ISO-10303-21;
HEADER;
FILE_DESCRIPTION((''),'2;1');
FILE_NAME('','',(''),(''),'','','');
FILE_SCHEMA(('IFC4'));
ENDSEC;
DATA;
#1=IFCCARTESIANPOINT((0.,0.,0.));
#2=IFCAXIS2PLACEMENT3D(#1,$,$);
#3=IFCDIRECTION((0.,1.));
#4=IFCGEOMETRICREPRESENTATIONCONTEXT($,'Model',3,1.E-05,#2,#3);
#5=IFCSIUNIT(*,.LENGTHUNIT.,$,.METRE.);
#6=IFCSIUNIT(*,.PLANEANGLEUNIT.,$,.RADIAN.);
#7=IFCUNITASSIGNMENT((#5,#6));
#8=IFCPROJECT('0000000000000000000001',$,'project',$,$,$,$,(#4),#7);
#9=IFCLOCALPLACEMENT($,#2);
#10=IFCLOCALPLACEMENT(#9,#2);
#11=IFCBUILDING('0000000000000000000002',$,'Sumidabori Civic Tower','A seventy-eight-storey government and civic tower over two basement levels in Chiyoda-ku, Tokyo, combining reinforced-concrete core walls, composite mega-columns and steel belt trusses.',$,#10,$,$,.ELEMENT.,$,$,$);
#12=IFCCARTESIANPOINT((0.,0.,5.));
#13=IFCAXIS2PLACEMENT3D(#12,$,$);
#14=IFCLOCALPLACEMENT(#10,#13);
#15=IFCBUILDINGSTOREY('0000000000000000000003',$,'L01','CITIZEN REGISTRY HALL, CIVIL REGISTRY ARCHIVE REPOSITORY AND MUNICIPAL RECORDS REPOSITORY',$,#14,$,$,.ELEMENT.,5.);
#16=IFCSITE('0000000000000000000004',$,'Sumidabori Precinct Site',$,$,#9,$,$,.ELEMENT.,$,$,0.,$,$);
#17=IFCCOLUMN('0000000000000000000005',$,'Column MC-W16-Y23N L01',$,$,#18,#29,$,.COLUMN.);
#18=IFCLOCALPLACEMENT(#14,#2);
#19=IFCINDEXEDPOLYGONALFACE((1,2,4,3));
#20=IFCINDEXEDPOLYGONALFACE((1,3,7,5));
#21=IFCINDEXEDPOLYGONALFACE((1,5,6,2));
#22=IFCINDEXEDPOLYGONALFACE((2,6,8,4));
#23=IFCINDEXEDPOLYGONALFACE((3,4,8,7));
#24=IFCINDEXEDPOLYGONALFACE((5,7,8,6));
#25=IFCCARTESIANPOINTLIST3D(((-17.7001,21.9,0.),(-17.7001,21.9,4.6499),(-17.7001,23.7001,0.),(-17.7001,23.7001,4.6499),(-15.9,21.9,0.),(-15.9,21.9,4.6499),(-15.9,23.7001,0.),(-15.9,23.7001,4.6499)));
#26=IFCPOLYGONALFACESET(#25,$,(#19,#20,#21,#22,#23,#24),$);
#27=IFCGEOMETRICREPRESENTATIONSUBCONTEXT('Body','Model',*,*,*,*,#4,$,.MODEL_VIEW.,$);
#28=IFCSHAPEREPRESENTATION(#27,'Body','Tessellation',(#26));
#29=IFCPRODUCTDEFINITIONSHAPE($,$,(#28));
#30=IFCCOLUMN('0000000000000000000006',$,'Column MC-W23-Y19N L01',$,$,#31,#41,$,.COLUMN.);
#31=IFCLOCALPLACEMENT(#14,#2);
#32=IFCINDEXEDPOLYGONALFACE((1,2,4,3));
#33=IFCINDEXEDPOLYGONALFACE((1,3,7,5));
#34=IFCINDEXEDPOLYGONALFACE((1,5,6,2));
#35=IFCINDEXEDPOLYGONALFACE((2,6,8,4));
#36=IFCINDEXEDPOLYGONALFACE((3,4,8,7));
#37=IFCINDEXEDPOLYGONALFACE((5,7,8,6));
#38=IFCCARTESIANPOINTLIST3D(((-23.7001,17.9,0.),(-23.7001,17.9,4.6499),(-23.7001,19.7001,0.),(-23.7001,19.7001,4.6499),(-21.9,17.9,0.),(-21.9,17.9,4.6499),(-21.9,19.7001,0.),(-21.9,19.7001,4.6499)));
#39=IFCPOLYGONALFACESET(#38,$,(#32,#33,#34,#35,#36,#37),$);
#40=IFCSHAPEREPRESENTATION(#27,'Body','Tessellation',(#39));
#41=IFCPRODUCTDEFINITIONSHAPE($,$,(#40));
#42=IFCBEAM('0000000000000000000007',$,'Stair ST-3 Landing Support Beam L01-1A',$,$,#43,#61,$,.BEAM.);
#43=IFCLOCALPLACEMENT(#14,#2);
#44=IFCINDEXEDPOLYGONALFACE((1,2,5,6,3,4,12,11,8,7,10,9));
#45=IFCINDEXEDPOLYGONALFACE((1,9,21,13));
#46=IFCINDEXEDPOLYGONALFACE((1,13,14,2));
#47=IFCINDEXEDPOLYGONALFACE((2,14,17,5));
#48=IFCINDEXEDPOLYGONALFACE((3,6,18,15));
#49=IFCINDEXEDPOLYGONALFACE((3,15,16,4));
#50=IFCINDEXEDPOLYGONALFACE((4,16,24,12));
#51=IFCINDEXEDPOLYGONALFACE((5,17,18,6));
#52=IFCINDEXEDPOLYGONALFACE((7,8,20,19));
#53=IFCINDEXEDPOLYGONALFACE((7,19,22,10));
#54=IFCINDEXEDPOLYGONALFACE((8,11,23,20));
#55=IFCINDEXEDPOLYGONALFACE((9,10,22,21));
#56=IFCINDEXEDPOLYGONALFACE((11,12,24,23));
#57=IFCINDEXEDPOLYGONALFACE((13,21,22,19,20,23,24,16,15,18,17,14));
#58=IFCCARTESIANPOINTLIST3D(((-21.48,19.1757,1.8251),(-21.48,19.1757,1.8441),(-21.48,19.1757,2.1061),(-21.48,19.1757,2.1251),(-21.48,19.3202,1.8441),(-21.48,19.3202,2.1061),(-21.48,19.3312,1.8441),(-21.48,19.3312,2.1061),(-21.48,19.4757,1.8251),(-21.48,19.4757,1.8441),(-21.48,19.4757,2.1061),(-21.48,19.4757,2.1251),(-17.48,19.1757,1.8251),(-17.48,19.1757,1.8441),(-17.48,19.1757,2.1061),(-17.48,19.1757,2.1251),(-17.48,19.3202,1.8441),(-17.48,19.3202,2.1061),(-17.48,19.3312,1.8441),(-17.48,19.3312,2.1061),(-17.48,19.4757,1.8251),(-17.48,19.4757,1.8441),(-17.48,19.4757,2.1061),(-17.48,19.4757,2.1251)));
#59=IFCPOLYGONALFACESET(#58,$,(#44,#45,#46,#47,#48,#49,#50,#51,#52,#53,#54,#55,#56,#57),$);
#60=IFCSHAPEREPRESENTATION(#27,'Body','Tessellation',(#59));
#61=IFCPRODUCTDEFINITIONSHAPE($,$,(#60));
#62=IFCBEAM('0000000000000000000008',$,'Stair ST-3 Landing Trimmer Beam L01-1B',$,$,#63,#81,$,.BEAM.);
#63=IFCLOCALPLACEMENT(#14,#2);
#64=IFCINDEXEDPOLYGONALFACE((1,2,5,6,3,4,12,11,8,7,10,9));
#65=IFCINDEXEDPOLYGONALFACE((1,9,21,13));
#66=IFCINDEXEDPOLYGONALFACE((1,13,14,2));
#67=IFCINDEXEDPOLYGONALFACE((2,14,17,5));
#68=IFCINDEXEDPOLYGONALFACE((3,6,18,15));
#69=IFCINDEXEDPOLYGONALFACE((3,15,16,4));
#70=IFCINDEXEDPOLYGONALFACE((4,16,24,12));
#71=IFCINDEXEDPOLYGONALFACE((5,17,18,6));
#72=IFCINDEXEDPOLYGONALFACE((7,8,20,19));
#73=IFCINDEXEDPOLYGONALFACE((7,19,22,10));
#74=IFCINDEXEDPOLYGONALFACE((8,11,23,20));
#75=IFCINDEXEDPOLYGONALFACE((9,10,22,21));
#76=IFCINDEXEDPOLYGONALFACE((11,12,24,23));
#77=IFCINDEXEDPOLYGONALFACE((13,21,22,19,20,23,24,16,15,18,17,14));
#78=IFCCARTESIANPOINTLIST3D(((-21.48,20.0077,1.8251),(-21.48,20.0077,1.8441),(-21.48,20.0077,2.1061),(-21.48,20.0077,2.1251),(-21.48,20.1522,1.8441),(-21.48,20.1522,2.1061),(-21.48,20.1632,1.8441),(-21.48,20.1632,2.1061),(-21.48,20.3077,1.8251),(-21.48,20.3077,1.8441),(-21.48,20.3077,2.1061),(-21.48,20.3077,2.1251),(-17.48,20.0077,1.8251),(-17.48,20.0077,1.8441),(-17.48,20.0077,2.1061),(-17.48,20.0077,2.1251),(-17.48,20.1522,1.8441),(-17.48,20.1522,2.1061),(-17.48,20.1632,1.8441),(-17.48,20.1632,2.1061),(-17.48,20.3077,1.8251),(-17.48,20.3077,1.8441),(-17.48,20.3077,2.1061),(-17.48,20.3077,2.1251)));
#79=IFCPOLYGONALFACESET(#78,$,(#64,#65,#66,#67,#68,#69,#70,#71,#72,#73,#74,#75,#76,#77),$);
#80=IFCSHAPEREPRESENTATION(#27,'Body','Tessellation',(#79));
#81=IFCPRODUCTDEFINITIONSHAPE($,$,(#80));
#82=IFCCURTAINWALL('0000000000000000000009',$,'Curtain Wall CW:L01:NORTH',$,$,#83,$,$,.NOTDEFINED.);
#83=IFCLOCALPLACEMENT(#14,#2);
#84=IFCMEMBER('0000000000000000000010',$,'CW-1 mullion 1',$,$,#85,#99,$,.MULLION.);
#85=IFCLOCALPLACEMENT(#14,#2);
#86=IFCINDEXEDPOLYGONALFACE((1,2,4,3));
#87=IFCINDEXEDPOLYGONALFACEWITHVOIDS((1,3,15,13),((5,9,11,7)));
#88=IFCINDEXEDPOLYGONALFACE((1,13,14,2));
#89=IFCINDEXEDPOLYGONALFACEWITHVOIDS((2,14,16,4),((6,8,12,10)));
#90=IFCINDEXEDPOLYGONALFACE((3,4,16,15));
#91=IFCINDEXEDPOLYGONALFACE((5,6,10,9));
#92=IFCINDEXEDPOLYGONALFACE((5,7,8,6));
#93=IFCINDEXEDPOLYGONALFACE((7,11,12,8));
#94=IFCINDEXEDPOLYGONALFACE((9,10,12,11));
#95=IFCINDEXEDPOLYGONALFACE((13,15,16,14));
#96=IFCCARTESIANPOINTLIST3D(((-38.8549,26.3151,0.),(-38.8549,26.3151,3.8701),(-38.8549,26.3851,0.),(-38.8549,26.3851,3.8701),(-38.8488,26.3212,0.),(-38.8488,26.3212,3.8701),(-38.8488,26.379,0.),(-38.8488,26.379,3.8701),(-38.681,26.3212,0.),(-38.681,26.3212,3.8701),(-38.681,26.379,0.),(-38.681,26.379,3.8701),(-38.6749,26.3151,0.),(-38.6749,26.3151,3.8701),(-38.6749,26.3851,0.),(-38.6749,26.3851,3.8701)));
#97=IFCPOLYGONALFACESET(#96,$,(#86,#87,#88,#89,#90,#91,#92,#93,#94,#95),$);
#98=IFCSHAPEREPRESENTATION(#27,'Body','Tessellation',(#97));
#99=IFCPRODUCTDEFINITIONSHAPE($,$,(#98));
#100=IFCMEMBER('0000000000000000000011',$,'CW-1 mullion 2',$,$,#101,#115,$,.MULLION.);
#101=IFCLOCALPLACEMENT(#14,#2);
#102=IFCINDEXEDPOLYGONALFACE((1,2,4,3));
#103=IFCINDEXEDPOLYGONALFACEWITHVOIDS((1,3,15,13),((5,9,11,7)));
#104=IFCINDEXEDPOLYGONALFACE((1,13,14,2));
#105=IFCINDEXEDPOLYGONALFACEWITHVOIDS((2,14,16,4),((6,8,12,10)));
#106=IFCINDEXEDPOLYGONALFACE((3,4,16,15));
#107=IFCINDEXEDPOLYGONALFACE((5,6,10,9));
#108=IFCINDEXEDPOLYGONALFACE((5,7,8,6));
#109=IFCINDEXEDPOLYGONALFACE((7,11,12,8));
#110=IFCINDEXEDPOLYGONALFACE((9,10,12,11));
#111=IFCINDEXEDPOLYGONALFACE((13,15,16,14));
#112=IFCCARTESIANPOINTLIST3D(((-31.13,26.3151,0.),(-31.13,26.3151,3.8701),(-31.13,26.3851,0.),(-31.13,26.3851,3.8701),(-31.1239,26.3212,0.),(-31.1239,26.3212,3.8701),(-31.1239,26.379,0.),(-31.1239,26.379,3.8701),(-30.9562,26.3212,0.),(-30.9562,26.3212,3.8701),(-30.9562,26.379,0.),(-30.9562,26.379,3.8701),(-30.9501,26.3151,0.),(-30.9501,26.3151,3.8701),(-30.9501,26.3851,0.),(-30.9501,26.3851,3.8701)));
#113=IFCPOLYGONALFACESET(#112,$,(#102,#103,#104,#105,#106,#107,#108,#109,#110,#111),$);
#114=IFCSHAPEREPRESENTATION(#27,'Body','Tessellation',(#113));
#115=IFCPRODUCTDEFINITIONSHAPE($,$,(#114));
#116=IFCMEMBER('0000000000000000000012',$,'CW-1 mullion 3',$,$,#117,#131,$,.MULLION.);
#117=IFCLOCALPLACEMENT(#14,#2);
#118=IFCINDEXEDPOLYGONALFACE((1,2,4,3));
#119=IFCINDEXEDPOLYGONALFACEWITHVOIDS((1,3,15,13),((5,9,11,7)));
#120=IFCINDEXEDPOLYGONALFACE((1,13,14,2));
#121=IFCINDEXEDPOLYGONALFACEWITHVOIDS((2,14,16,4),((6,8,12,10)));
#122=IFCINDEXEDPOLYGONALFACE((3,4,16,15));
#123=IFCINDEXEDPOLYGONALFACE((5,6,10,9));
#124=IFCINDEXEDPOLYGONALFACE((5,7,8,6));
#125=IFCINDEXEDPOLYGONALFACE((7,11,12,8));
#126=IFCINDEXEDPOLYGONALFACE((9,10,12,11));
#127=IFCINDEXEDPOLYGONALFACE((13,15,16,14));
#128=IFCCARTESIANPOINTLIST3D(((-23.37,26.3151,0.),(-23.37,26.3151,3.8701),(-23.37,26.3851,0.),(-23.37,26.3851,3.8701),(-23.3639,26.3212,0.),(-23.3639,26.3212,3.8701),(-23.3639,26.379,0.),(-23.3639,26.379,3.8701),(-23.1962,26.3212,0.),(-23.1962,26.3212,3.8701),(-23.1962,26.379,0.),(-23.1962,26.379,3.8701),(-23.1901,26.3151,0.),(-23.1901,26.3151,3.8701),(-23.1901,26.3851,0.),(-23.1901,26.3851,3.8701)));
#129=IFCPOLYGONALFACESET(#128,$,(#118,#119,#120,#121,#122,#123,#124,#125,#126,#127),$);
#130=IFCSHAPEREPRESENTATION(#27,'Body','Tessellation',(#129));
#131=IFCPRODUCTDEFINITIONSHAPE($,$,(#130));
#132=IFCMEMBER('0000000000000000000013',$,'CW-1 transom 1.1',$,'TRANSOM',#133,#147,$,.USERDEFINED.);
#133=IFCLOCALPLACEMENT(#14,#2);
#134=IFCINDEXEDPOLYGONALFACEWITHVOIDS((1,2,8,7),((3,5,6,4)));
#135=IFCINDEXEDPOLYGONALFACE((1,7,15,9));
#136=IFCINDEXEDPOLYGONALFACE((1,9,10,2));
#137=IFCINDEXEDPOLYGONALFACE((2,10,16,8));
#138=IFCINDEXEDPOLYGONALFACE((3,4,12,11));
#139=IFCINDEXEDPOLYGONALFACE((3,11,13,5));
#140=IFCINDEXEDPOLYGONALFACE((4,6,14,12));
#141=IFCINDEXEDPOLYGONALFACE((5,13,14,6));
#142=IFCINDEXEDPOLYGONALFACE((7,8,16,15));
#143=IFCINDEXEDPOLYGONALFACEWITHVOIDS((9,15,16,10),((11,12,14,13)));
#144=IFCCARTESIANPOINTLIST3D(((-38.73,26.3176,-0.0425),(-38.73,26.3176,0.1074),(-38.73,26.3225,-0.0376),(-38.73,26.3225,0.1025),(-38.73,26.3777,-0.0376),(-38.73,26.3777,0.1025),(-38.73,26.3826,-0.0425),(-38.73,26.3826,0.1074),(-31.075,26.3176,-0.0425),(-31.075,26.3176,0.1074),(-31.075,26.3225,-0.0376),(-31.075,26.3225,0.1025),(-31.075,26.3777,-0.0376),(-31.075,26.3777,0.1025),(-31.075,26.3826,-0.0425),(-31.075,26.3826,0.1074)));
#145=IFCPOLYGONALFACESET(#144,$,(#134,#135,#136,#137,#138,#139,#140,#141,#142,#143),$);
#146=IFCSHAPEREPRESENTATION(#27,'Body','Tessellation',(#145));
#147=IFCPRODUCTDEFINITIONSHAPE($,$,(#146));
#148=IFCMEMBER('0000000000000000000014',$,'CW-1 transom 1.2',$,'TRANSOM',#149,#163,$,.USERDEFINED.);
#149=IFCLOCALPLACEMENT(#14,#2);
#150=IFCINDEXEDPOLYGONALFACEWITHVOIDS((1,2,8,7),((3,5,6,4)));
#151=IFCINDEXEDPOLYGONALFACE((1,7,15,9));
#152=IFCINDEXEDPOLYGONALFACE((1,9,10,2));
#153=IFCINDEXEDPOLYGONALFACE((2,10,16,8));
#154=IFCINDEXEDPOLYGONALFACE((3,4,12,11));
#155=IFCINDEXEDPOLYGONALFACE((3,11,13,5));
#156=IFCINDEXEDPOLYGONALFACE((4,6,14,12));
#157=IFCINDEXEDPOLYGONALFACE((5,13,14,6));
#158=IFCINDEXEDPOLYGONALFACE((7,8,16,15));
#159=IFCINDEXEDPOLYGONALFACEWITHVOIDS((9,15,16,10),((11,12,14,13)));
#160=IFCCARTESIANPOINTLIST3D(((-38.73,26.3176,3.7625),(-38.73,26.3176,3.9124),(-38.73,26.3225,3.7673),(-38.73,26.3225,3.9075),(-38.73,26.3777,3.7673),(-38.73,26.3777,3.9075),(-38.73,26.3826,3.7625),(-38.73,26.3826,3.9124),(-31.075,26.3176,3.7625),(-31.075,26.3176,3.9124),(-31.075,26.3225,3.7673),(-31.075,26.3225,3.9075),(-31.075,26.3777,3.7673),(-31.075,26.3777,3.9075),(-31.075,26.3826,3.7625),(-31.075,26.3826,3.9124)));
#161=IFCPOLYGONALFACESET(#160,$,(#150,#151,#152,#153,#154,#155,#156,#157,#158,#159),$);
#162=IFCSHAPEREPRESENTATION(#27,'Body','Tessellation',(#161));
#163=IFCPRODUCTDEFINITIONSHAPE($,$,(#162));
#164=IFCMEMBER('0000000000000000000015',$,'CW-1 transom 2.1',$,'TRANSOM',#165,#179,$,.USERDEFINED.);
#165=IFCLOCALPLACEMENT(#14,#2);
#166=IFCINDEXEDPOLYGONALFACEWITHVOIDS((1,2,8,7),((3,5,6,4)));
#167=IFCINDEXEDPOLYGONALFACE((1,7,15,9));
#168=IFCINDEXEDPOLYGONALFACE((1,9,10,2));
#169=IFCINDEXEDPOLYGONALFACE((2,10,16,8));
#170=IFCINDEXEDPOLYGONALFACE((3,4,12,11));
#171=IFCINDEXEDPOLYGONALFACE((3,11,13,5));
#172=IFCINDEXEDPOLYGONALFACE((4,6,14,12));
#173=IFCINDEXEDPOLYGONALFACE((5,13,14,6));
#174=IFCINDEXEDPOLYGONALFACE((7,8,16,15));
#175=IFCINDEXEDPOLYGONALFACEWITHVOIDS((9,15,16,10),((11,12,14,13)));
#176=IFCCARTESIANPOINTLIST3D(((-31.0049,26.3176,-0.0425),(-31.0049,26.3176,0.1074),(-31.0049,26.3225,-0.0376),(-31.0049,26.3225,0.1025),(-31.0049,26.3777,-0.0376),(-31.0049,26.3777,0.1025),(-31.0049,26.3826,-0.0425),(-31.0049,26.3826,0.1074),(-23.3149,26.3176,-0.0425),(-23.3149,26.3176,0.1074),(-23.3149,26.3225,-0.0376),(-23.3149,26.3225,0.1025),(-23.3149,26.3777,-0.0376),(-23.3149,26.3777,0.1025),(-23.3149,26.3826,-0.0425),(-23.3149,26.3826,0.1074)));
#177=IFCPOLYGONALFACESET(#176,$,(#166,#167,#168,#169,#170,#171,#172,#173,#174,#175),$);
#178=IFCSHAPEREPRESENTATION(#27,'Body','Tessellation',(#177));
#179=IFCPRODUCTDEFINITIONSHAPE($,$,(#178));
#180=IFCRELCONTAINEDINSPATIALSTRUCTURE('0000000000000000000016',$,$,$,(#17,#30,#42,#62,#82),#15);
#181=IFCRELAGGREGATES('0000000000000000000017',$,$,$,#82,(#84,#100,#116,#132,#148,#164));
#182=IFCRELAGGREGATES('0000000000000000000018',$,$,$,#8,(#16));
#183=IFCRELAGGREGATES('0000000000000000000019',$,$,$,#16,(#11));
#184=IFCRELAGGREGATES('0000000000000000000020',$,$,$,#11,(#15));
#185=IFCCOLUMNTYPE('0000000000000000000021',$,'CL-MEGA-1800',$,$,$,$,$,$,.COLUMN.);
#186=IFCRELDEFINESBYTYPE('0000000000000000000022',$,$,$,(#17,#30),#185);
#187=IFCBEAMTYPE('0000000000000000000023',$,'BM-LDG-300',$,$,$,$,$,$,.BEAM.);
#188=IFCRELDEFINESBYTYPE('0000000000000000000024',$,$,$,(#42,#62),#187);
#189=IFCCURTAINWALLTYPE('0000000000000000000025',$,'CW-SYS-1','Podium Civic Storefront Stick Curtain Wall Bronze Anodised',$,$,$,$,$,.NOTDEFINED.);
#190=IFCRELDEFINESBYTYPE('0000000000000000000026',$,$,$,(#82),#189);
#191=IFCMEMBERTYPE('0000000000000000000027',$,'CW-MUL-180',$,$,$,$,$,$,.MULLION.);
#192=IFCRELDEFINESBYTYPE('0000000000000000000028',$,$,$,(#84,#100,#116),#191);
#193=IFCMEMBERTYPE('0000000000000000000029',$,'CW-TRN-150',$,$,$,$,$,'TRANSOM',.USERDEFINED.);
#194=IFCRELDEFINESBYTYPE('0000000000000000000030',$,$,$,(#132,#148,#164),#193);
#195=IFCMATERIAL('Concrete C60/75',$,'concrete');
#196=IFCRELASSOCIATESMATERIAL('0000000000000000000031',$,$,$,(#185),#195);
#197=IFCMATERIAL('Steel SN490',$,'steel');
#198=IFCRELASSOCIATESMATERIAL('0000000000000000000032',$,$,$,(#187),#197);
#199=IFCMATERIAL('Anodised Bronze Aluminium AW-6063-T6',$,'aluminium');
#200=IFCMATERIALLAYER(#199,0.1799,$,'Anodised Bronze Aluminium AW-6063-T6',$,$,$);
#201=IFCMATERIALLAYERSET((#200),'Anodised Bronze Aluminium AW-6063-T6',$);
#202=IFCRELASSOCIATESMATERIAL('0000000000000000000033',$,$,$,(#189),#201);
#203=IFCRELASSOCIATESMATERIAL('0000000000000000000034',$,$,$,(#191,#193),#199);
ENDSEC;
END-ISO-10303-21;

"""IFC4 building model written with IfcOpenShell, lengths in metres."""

from ifc_helpers import new_model, si_unit, direction, frame, origin, origin_2d, place, context, subcontext, project, spatial, rectangle, hollow_rectangle, i_section, extrude, source, transform, mapped, material, layer, layer_set, material_profile, profile_set, type_object, element, aggregate, save


model = new_model("IFC4")

# Units and contexts
model_context = context("Model", 3, precision=1e-05, world=origin(), true_north=direction((0.0, 1.0)))
body_context = subcontext(model_context, "Body", "Model", "MODEL_VIEW")
ifc_project = project(units=[si_unit("LENGTHUNIT", "METRE"), si_unit("PLANEANGLEUNIT", "RADIAN")], contexts=[model_context])

# Site, building, storey
site_placement = place(None, origin())
site = spatial("IfcSite", under=ifc_project, at=site_placement, Name="Sumidabori Precinct Site", CompositionType="ELEMENT", RefElevation=0.0)
building_placement = place(site_placement, origin())
building = spatial("IfcBuilding", under=site, at=building_placement, Name="Sumidabori Civic Tower", Description="A seventy-eight-storey government and civic tower over two basement levels in Chiyoda-ku, Tokyo, combining reinforced-concrete core walls, composite mega-columns and steel belt trusses.", CompositionType="ELEMENT")
storey_placement = place(building_placement, frame((0.0, 0.0, 5.0)))
storey = spatial("IfcBuildingStorey", under=building, at=storey_placement, Name="L01", Description="CITIZEN REGISTRY HALL, CIVIL REGISTRY ARCHIVE REPOSITORY AND MUNICIPAL RECORDS REPOSITORY", CompositionType="ELEMENT", Elevation=5.0)

# Columns
ifc_material_1 = material(Name="Concrete C60/75", Category="concrete")
ifc_material_profile_1 = material_profile(ifc_material_1, rectangle(XDim=1.8, YDim=1.8, at=origin_2d()), Name="RC 1800x1800")
ifc_profile_set_1 = profile_set([ifc_material_profile_1], Name="Concrete C60/75")
column_type = type_object("IfcColumnType", Name="CL-MEGA-1800", PredefinedType="COLUMN", material=ifc_profile_set_1)
shared_shape_1 = source(origin(), body_context, "Body", "SweptSolid", [
    extrude(rectangle(XDim=1.8, YDim=1.8, at=origin_2d()), origin(), (0.0, 0.0, 1.0), 4.6499),
])
for number, where, z_axis, x_axis, name in (
    (1, (-16.8, 22.8, 0.0), (0.0, 0.0, 1.0), (1.0, 0.0, 0.0), "Column MC-W16-Y23N L01"),
    (2, (-22.8, 18.8, 0.0), (0.0, 0.0, 1.0), (1.0, 0.0, 0.0), "Column MC-W23-Y19N L01"),
):
    element("IfcColumn", number, at=place(storey_placement, frame(where, z_axis=z_axis, x_axis=x_axis)), inside=storey, type_object=column_type, Name=name, PredefinedType="COLUMN", context=body_context, shape_type="MappedRepresentation", body=[
        mapped(shared_shape_1, transform((0.0, 0.0, 0.0), x_axis=(1.0, 0.0, 0.0), y_axis=(0.0, 1.0, 0.0), z_axis=(0.0, 0.0, 1.0), scale=1.0)),
    ])

# Beams
ifc_material_2 = material(Name="Steel SN490", Category="steel")
ifc_material_profile_2 = material_profile(ifc_material_2, i_section(OverallWidth=0.3, OverallDepth=0.3, WebThickness=0.011, FlangeThickness=0.019, at=origin_2d()), Name="HE 300 B")
ifc_profile_set_2 = profile_set([ifc_material_profile_2], Name="Steel SN490")
beam_type = type_object("IfcBeamType", Name="BM-LDG-300", PredefinedType="BEAM", material=ifc_profile_set_2)
shared_shape_2 = source(origin(), body_context, "Body", "SweptSolid", [
    extrude(i_section(OverallWidth=0.3, OverallDepth=0.3, WebThickness=0.011, FlangeThickness=0.019, at=origin_2d()), origin(), (0.0, 0.0, 1.0), 4.0),
])
for number, where, z_axis, x_axis, name in (
    (3, (-21.48, 19.3257, 1.9751), (1.0, 0.0, 0.0), (0.0, 1.0, 0.0), "Stair ST-3 Landing Support Beam L01-1A"),
    (4, (-21.48, 20.1577, 1.9751), (1.0, 0.0, 0.0), (0.0, 1.0, 0.0), "Stair ST-3 Landing Trimmer Beam L01-1B"),
):
    element("IfcBeam", number, at=place(storey_placement, frame(where, z_axis=z_axis, x_axis=x_axis)), inside=storey, type_object=beam_type, Name=name, PredefinedType="BEAM", context=body_context, shape_type="MappedRepresentation", body=[
        mapped(shared_shape_2, transform((0.0, 0.0, 0.0), x_axis=(1.0, 0.0, 0.0), y_axis=(0.0, 1.0, 0.0), z_axis=(0.0, 0.0, 1.0), scale=1.0)),
    ])

# Curtain wall, members
ifc_material_3 = material(Name="Anodised Bronze Aluminium AW-6063-T6", Category="aluminium")
ifc_layer_1 = layer(ifc_material_3, 0.1799, Name="Anodised Bronze Aluminium AW-6063-T6")
ifc_layer_set_1 = layer_set([ifc_layer_1], Name="Anodised Bronze Aluminium AW-6063-T6")
curtain_wall_type = type_object("IfcCurtainWallType", Name="CW-SYS-1", Description="Podium Civic Storefront Stick Curtain Wall Bronze Anodised", PredefinedType="NOTDEFINED", material=ifc_layer_set_1)
curtain_wall_placement = place(storey_placement, origin())
curtain_wall = element("IfcCurtainWall", 5, at=curtain_wall_placement, inside=storey, type_object=curtain_wall_type, Name="Curtain Wall CW:L01:NORTH", PredefinedType="NOTDEFINED")
ifc_material_profile_3 = material_profile(ifc_material_3, hollow_rectangle(XDim=0.0701, YDim=0.1799, WallThickness=0.0061, at=origin_2d()), Name="ALU MULLION 180x70")
ifc_profile_set_3 = profile_set([ifc_material_profile_3], Name="Anodised Bronze Aluminium AW-6063-T6")
member_type_1 = type_object("IfcMemberType", Name="CW-MUL-180", PredefinedType="MULLION", material=ifc_profile_set_3)
shared_shape_3 = source(origin(), body_context, "Body", "SweptSolid", [
    extrude(hollow_rectangle(XDim=0.0701, YDim=0.1799, WallThickness=0.0061, at=origin_2d()), origin(), (0.0, 0.0, 1.0), 3.8701),
])
member_1_placement = place(storey_placement, frame((-38.7649, 26.3501, 0.0), z_axis=(0.0, 0.0, 1.0), x_axis=(0.0, 1.0, 0.0)))
member_1 = element("IfcMember", 6, at=member_1_placement, type_object=member_type_1, Name="CW-1 mullion 1", PredefinedType="MULLION", context=body_context, shape_type="MappedRepresentation", body=[
    mapped(shared_shape_3, transform((0.0, 0.0, 0.0), x_axis=(1.0, 0.0, 0.0), y_axis=(0.0, 1.0, 0.0), z_axis=(0.0, 0.0, 1.0), scale=1.0)),
])
member_2_placement = place(storey_placement, frame((-31.04, 26.3501, 0.0), z_axis=(0.0, 0.0, 1.0), x_axis=(0.0, 1.0, 0.0)))
member_2 = element("IfcMember", 7, at=member_2_placement, type_object=member_type_1, Name="CW-1 mullion 2", PredefinedType="MULLION", context=body_context, shape_type="MappedRepresentation", body=[
    mapped(shared_shape_3, transform((0.0, 0.0, 0.0), x_axis=(1.0, 0.0, 0.0), y_axis=(0.0, 1.0, 0.0), z_axis=(0.0, 0.0, 1.0), scale=1.0)),
])
member_3_placement = place(storey_placement, frame((-23.28, 26.3501, 0.0), z_axis=(0.0, 0.0, 1.0), x_axis=(0.0, 1.0, 0.0)))
member_3 = element("IfcMember", 8, at=member_3_placement, type_object=member_type_1, Name="CW-1 mullion 3", PredefinedType="MULLION", context=body_context, shape_type="MappedRepresentation", body=[
    mapped(shared_shape_3, transform((0.0, 0.0, 0.0), x_axis=(1.0, 0.0, 0.0), y_axis=(0.0, 1.0, 0.0), z_axis=(0.0, 0.0, 1.0), scale=1.0)),
])
ifc_material_profile_4 = material_profile(ifc_material_3, hollow_rectangle(XDim=0.0649, YDim=0.1499, WallThickness=0.0049, at=origin_2d()), Name="ALU TRANSOM 150x65")
ifc_profile_set_4 = profile_set([ifc_material_profile_4], Name="Anodised Bronze Aluminium AW-6063-T6")
member_type_2 = type_object("IfcMemberType", Name="CW-TRN-150", ElementType="TRANSOM", PredefinedType="USERDEFINED", material=ifc_profile_set_4)
shared_shape_4 = source(origin(), body_context, "Body", "SweptSolid", [
    extrude(hollow_rectangle(XDim=0.0649, YDim=0.1499, WallThickness=0.0049, at=origin_2d()), origin(), (0.0, 0.0, 1.0), 7.655),
])
member_4_placement = place(storey_placement, frame((-38.73, 26.3501, 0.0325), z_axis=(1.0, 0.0, 0.0), x_axis=(0.0, 1.0, 0.0)))
member_4 = element("IfcMember", 9, at=member_4_placement, type_object=member_type_2, Name="CW-1 transom 1.1", ObjectType="TRANSOM", PredefinedType="USERDEFINED", context=body_context, shape_type="MappedRepresentation", body=[
    mapped(shared_shape_4, transform((0.0, 0.0, 0.0), x_axis=(1.0, 0.0, 0.0), y_axis=(0.0, 1.0, 0.0), z_axis=(0.0, 0.0, 1.0), scale=1.0)),
])
member_5_placement = place(storey_placement, frame((-38.73, 26.3501, 3.8374), z_axis=(1.0, 0.0, 0.0), x_axis=(0.0, 1.0, 0.0)))
member_5 = element("IfcMember", 10, at=member_5_placement, type_object=member_type_2, Name="CW-1 transom 1.2", ObjectType="TRANSOM", PredefinedType="USERDEFINED", context=body_context, shape_type="MappedRepresentation", body=[
    mapped(shared_shape_4, transform((0.0, 0.0, 0.0), x_axis=(1.0, 0.0, 0.0), y_axis=(0.0, 1.0, 0.0), z_axis=(0.0, 0.0, 1.0), scale=1.0)),
])
shared_shape_5 = source(origin(), body_context, "Body", "SweptSolid", [
    extrude(hollow_rectangle(XDim=0.0649, YDim=0.1499, WallThickness=0.0049, at=origin_2d()), origin(), (0.0, 0.0, 1.0), 7.6899),
])
member_6_placement = place(storey_placement, frame((-31.0049, 26.3501, 0.0325), z_axis=(1.0, 0.0, 0.0), x_axis=(0.0, 1.0, 0.0)))
member_6 = element("IfcMember", 11, at=member_6_placement, type_object=member_type_2, Name="CW-1 transom 2.1", ObjectType="TRANSOM", PredefinedType="USERDEFINED", context=body_context, shape_type="MappedRepresentation", body=[
    mapped(shared_shape_5, transform((0.0, 0.0, 0.0), x_axis=(1.0, 0.0, 0.0), y_axis=(0.0, 1.0, 0.0), z_axis=(0.0, 0.0, 1.0), scale=1.0)),
])
aggregate(curtain_wall, [member_1, member_2, member_3, member_4, member_5, member_6])

save(model, "model.ifc")
